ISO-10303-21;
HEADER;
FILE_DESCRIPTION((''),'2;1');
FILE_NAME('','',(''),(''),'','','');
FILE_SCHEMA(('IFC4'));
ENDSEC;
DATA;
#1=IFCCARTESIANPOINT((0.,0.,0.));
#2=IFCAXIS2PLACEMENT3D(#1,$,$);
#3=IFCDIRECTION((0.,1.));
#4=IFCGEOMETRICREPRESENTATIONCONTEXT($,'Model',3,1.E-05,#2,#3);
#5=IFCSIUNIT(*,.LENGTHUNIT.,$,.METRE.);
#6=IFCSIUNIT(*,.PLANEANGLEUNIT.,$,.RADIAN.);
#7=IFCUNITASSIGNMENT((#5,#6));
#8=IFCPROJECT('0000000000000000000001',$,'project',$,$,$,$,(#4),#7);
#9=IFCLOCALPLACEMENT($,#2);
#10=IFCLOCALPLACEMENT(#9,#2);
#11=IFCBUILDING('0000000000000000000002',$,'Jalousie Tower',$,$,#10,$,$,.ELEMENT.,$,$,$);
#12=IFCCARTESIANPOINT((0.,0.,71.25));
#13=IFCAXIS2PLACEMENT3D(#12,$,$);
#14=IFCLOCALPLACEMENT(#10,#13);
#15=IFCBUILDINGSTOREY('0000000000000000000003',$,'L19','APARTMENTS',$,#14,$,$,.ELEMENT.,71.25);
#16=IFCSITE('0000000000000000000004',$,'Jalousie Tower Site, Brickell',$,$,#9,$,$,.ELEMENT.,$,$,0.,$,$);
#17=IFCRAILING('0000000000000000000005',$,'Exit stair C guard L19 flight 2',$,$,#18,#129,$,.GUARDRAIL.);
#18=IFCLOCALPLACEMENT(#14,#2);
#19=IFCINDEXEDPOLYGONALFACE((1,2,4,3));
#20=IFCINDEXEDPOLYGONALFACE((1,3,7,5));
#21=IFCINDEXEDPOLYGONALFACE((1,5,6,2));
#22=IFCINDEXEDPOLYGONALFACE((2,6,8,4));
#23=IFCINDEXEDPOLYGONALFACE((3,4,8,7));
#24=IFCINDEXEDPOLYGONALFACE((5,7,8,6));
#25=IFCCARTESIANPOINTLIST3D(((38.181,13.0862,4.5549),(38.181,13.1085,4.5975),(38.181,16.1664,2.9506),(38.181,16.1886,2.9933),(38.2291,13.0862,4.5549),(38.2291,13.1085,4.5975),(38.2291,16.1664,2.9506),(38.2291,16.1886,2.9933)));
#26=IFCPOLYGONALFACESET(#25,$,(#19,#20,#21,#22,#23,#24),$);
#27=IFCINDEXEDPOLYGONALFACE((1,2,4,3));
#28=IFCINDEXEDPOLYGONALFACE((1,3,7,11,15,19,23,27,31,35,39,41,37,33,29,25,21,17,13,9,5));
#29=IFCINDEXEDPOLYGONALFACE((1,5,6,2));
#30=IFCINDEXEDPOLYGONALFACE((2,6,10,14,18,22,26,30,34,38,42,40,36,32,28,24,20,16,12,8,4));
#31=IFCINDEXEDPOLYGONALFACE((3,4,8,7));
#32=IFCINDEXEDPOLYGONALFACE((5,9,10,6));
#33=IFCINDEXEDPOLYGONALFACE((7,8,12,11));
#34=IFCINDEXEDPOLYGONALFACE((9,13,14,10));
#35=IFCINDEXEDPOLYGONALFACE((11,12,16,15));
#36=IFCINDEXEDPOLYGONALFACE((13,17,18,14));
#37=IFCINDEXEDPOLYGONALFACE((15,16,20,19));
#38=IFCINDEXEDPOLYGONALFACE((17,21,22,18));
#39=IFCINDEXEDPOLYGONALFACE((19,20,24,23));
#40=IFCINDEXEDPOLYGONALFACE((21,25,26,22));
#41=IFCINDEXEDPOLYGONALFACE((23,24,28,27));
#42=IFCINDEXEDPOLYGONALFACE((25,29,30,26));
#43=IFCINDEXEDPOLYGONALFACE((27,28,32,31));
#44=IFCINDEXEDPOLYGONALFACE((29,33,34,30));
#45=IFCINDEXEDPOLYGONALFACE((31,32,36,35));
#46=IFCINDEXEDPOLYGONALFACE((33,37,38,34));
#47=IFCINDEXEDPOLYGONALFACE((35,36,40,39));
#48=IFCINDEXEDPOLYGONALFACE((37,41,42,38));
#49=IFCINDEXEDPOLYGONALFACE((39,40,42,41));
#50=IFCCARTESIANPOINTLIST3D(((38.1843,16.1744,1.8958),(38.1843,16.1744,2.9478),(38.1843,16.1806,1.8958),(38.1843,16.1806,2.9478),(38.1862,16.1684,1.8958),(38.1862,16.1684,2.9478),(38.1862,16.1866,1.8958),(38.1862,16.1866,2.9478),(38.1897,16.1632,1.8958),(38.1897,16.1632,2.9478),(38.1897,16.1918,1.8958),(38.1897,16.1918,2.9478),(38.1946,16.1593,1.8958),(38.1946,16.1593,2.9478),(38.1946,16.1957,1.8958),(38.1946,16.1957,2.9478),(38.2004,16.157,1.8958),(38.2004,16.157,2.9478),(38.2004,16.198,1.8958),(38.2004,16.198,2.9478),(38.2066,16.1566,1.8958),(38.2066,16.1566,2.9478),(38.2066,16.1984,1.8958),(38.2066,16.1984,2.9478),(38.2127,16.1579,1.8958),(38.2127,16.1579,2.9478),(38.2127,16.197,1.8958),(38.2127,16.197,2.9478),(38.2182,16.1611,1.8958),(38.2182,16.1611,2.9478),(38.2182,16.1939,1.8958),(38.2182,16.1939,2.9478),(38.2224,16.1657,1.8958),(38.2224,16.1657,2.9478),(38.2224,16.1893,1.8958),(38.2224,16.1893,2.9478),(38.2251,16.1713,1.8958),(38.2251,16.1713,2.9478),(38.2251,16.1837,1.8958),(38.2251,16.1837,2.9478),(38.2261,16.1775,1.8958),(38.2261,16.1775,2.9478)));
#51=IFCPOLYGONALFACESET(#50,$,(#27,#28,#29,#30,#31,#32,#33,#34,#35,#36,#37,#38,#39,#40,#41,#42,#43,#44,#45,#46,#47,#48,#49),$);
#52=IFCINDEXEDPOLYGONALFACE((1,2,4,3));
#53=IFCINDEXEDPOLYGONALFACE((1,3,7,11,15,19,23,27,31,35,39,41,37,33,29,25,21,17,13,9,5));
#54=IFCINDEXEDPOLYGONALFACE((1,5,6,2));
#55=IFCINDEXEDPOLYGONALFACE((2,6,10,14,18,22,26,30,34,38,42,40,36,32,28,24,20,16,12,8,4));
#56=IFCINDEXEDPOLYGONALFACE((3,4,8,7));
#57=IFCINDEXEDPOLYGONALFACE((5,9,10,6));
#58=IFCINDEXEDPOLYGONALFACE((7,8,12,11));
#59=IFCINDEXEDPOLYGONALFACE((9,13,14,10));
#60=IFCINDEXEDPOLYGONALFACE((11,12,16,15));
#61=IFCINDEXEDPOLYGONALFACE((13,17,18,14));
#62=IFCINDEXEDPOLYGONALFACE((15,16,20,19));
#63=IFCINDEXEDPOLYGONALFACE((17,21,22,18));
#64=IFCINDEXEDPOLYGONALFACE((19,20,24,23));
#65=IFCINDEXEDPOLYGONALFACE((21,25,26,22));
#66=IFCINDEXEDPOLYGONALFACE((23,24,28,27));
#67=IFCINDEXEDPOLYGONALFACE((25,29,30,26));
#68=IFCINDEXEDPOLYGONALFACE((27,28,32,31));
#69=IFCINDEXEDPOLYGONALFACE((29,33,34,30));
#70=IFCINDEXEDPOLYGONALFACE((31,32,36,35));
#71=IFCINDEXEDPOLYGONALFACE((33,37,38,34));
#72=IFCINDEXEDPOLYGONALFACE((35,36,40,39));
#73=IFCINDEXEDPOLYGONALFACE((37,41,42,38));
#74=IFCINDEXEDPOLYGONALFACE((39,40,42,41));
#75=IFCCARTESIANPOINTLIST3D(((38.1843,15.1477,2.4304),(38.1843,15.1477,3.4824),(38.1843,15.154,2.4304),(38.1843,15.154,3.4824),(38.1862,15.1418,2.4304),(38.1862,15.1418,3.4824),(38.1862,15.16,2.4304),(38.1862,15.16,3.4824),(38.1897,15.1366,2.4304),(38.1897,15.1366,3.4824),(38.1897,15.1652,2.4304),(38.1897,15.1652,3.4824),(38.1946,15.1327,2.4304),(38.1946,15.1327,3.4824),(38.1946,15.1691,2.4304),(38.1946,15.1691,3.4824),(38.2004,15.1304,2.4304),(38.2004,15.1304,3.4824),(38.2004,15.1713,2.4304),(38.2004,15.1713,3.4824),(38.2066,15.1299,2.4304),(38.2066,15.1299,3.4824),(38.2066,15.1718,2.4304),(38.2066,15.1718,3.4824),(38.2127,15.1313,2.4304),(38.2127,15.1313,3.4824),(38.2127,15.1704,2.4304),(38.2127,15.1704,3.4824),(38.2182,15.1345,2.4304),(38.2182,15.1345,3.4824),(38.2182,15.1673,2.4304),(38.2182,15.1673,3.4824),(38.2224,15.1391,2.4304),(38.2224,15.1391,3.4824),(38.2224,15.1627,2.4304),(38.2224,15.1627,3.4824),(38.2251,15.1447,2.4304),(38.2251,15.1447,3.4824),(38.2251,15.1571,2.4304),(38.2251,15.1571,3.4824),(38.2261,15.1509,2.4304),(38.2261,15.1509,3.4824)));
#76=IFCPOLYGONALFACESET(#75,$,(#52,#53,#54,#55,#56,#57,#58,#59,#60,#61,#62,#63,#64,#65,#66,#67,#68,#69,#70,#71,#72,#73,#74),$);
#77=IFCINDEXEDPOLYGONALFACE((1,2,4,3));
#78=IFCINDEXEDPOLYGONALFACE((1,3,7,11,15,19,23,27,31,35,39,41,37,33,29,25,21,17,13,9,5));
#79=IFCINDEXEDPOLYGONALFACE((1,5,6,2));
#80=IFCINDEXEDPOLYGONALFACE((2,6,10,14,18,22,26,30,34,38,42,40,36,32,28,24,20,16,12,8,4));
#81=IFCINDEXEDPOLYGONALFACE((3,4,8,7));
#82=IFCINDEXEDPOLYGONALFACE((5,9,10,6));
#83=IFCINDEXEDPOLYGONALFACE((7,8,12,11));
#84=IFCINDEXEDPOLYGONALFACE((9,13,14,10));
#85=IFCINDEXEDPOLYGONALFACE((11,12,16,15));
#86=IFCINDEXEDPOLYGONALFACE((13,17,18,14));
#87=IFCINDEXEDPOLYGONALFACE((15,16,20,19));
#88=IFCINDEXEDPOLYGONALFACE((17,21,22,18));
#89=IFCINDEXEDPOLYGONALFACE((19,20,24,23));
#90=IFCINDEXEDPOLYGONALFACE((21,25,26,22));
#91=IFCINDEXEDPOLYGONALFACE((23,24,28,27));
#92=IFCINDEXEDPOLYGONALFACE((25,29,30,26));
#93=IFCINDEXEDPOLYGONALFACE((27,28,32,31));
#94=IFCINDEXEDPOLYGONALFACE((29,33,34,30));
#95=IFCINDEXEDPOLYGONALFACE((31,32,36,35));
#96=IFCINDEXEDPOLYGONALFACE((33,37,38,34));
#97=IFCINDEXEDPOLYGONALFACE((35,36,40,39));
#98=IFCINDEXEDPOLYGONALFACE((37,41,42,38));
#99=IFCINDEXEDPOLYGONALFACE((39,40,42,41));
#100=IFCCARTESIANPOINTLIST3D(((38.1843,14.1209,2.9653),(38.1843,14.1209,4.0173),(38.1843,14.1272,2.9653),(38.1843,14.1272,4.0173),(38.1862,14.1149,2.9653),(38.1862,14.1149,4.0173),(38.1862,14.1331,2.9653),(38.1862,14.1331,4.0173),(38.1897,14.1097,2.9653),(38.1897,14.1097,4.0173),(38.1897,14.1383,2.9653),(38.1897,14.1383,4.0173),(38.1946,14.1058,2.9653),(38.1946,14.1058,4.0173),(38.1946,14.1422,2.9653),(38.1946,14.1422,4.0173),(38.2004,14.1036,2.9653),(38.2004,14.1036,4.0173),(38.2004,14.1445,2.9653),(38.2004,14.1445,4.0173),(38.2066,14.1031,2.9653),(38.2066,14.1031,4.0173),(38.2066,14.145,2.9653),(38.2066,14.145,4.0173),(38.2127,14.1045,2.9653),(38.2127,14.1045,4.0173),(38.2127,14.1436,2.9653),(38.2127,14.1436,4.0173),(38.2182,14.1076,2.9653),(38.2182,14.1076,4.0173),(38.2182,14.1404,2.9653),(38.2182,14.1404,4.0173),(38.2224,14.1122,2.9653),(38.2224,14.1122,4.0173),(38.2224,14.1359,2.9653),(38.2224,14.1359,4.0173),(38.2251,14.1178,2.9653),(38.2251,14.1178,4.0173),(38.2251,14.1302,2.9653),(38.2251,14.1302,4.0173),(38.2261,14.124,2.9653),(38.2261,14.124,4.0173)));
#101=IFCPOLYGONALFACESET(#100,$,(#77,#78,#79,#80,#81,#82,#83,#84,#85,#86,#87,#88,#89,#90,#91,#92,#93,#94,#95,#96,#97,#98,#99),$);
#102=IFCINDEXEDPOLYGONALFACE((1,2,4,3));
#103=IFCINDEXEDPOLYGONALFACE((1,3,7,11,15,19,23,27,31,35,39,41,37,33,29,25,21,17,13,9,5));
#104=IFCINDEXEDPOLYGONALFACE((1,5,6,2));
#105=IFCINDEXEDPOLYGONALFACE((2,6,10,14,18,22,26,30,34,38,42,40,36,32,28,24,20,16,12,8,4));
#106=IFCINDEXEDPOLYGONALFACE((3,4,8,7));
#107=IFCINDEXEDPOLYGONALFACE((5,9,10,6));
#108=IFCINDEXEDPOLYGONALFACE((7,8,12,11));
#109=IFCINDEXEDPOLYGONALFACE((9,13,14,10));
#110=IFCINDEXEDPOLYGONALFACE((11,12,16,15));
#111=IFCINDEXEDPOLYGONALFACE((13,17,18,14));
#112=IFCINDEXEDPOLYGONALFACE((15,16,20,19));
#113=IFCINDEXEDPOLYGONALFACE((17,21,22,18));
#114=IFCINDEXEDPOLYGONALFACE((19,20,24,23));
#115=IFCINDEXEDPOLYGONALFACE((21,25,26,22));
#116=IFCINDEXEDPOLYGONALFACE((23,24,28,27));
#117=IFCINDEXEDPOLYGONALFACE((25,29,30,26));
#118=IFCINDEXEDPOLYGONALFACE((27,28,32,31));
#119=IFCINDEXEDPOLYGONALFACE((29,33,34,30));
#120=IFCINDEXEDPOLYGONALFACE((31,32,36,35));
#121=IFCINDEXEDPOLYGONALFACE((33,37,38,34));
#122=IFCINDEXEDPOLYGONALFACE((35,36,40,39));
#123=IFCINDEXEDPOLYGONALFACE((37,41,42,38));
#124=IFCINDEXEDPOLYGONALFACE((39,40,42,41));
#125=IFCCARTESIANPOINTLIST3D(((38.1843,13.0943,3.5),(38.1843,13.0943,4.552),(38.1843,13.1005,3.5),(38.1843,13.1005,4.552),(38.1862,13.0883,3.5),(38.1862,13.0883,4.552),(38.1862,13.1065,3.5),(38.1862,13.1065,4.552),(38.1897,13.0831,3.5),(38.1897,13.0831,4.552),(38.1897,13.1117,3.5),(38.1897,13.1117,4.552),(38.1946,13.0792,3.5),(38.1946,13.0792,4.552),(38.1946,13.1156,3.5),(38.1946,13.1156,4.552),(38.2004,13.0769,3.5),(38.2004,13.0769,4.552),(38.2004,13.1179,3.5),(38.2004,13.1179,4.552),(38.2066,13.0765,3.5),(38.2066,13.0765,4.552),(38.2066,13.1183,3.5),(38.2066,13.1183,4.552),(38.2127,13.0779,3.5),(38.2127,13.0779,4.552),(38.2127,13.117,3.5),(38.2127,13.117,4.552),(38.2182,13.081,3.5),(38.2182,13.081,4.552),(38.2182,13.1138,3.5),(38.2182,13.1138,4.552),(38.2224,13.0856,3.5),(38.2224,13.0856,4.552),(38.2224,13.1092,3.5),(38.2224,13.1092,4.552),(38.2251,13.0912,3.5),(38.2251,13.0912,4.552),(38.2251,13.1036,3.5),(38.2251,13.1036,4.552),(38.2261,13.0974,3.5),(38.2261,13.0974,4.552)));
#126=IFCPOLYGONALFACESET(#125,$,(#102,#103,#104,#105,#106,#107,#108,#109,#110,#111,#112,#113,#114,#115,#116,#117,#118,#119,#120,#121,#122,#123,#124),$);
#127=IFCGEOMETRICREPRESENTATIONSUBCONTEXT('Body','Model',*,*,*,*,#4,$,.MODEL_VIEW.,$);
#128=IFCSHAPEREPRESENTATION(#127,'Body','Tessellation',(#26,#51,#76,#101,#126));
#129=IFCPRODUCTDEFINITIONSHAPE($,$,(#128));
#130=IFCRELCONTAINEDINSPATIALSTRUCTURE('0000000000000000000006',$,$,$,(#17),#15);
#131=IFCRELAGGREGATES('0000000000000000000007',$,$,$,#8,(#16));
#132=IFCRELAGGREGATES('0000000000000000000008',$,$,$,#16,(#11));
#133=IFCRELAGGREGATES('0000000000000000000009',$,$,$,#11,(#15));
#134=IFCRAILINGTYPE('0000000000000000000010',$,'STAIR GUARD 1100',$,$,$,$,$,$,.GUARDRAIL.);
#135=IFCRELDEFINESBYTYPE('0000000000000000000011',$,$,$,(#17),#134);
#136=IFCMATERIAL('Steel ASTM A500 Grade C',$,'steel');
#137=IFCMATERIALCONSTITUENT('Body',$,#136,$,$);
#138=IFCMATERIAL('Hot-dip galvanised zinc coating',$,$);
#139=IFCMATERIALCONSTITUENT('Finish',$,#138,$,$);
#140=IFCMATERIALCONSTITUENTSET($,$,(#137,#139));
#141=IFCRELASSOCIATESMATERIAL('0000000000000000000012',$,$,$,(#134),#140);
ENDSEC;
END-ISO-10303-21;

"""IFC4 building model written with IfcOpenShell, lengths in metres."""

from ifc_helpers import new_model, si_unit, direction, frame, origin, origin_2d, place, context, subcontext, project, spatial, rectangle, circle, extrude, material, constituent, constituent_set, type_object, element, save


model = new_model("IFC4")

# Units and contexts
model_context = context("Model", 3, precision=1e-05, world=origin(), true_north=direction((0.0, 1.0)))
body_context = subcontext(model_context, "Body", "Model", "MODEL_VIEW")
ifc_project = project(units=[si_unit("LENGTHUNIT", "METRE"), si_unit("PLANEANGLEUNIT", "RADIAN")], contexts=[model_context])

# Site, building, storey
site_placement = place(None, origin())
site = spatial("IfcSite", under=ifc_project, at=site_placement, Name="Jalousie Tower Site, Brickell", CompositionType="ELEMENT", RefElevation=0.0)
building_placement = place(site_placement, origin())
building = spatial("IfcBuilding", under=site, at=building_placement, Name="Jalousie Tower", CompositionType="ELEMENT")
storey_placement = place(building_placement, frame((0.0, 0.0, 71.25)))
storey = spatial("IfcBuildingStorey", under=building, at=storey_placement, Name="L19", Description="APARTMENTS", CompositionType="ELEMENT", Elevation=71.25)

# Railing
ifc_material_1 = material(Name="Steel ASTM A500 Grade C", Category="steel")
ifc_constituent_1 = constituent(ifc_material_1, Name="Body")
ifc_material_2 = material(Name="Hot-dip galvanised zinc coating")
ifc_constituent_2 = constituent(ifc_material_2, Name="Finish")
ifc_constituent_set_1 = constituent_set(constituents=[ifc_constituent_1, ifc_constituent_2])
railing_type_1 = type_object("IfcRailingType", Name="STAIR GUARD 1100", PredefinedType="GUARDRAIL", material=ifc_constituent_set_1)
railing_1_placement = place(storey_placement, frame((38.2051, 16.1775, 1.8958)))
element("IfcRailing", 1, at=railing_1_placement, inside=storey, type_object=railing_type_1, Name="Exit stair C guard L19 flight 2", PredefinedType="GUARDRAIL", context=body_context, shape_type="SweptSolid", body=[
    extrude(rectangle(XDim=0.0481, YDim=0.0481, at=origin_2d()), frame((0.0, 0.0, 1.0762), z_axis=(0.0, -0.886909, 0.461944), x_axis=(1.0, 0.0, 0.0)), (0.0, 0.0, 1.0), 3.4729),
    extrude(circle(Radius=0.021, at=origin_2d()), origin(), (0.0, 0.0, 1.0), 1.052),
    extrude(circle(Radius=0.021, at=origin_2d()), frame((0.0, -1.0266, 0.5347)), (0.0, 0.0, 1.0), 1.052),
    extrude(circle(Radius=0.021, at=origin_2d()), frame((0.0, -2.0535, 1.0696)), (0.0, 0.0, 1.0), 1.052),
    extrude(circle(Radius=0.021, at=origin_2d()), frame((0.0, -3.0801, 1.6042)), (0.0, 0.0, 1.0), 1.052),
])

save(model, "model.ifc")
